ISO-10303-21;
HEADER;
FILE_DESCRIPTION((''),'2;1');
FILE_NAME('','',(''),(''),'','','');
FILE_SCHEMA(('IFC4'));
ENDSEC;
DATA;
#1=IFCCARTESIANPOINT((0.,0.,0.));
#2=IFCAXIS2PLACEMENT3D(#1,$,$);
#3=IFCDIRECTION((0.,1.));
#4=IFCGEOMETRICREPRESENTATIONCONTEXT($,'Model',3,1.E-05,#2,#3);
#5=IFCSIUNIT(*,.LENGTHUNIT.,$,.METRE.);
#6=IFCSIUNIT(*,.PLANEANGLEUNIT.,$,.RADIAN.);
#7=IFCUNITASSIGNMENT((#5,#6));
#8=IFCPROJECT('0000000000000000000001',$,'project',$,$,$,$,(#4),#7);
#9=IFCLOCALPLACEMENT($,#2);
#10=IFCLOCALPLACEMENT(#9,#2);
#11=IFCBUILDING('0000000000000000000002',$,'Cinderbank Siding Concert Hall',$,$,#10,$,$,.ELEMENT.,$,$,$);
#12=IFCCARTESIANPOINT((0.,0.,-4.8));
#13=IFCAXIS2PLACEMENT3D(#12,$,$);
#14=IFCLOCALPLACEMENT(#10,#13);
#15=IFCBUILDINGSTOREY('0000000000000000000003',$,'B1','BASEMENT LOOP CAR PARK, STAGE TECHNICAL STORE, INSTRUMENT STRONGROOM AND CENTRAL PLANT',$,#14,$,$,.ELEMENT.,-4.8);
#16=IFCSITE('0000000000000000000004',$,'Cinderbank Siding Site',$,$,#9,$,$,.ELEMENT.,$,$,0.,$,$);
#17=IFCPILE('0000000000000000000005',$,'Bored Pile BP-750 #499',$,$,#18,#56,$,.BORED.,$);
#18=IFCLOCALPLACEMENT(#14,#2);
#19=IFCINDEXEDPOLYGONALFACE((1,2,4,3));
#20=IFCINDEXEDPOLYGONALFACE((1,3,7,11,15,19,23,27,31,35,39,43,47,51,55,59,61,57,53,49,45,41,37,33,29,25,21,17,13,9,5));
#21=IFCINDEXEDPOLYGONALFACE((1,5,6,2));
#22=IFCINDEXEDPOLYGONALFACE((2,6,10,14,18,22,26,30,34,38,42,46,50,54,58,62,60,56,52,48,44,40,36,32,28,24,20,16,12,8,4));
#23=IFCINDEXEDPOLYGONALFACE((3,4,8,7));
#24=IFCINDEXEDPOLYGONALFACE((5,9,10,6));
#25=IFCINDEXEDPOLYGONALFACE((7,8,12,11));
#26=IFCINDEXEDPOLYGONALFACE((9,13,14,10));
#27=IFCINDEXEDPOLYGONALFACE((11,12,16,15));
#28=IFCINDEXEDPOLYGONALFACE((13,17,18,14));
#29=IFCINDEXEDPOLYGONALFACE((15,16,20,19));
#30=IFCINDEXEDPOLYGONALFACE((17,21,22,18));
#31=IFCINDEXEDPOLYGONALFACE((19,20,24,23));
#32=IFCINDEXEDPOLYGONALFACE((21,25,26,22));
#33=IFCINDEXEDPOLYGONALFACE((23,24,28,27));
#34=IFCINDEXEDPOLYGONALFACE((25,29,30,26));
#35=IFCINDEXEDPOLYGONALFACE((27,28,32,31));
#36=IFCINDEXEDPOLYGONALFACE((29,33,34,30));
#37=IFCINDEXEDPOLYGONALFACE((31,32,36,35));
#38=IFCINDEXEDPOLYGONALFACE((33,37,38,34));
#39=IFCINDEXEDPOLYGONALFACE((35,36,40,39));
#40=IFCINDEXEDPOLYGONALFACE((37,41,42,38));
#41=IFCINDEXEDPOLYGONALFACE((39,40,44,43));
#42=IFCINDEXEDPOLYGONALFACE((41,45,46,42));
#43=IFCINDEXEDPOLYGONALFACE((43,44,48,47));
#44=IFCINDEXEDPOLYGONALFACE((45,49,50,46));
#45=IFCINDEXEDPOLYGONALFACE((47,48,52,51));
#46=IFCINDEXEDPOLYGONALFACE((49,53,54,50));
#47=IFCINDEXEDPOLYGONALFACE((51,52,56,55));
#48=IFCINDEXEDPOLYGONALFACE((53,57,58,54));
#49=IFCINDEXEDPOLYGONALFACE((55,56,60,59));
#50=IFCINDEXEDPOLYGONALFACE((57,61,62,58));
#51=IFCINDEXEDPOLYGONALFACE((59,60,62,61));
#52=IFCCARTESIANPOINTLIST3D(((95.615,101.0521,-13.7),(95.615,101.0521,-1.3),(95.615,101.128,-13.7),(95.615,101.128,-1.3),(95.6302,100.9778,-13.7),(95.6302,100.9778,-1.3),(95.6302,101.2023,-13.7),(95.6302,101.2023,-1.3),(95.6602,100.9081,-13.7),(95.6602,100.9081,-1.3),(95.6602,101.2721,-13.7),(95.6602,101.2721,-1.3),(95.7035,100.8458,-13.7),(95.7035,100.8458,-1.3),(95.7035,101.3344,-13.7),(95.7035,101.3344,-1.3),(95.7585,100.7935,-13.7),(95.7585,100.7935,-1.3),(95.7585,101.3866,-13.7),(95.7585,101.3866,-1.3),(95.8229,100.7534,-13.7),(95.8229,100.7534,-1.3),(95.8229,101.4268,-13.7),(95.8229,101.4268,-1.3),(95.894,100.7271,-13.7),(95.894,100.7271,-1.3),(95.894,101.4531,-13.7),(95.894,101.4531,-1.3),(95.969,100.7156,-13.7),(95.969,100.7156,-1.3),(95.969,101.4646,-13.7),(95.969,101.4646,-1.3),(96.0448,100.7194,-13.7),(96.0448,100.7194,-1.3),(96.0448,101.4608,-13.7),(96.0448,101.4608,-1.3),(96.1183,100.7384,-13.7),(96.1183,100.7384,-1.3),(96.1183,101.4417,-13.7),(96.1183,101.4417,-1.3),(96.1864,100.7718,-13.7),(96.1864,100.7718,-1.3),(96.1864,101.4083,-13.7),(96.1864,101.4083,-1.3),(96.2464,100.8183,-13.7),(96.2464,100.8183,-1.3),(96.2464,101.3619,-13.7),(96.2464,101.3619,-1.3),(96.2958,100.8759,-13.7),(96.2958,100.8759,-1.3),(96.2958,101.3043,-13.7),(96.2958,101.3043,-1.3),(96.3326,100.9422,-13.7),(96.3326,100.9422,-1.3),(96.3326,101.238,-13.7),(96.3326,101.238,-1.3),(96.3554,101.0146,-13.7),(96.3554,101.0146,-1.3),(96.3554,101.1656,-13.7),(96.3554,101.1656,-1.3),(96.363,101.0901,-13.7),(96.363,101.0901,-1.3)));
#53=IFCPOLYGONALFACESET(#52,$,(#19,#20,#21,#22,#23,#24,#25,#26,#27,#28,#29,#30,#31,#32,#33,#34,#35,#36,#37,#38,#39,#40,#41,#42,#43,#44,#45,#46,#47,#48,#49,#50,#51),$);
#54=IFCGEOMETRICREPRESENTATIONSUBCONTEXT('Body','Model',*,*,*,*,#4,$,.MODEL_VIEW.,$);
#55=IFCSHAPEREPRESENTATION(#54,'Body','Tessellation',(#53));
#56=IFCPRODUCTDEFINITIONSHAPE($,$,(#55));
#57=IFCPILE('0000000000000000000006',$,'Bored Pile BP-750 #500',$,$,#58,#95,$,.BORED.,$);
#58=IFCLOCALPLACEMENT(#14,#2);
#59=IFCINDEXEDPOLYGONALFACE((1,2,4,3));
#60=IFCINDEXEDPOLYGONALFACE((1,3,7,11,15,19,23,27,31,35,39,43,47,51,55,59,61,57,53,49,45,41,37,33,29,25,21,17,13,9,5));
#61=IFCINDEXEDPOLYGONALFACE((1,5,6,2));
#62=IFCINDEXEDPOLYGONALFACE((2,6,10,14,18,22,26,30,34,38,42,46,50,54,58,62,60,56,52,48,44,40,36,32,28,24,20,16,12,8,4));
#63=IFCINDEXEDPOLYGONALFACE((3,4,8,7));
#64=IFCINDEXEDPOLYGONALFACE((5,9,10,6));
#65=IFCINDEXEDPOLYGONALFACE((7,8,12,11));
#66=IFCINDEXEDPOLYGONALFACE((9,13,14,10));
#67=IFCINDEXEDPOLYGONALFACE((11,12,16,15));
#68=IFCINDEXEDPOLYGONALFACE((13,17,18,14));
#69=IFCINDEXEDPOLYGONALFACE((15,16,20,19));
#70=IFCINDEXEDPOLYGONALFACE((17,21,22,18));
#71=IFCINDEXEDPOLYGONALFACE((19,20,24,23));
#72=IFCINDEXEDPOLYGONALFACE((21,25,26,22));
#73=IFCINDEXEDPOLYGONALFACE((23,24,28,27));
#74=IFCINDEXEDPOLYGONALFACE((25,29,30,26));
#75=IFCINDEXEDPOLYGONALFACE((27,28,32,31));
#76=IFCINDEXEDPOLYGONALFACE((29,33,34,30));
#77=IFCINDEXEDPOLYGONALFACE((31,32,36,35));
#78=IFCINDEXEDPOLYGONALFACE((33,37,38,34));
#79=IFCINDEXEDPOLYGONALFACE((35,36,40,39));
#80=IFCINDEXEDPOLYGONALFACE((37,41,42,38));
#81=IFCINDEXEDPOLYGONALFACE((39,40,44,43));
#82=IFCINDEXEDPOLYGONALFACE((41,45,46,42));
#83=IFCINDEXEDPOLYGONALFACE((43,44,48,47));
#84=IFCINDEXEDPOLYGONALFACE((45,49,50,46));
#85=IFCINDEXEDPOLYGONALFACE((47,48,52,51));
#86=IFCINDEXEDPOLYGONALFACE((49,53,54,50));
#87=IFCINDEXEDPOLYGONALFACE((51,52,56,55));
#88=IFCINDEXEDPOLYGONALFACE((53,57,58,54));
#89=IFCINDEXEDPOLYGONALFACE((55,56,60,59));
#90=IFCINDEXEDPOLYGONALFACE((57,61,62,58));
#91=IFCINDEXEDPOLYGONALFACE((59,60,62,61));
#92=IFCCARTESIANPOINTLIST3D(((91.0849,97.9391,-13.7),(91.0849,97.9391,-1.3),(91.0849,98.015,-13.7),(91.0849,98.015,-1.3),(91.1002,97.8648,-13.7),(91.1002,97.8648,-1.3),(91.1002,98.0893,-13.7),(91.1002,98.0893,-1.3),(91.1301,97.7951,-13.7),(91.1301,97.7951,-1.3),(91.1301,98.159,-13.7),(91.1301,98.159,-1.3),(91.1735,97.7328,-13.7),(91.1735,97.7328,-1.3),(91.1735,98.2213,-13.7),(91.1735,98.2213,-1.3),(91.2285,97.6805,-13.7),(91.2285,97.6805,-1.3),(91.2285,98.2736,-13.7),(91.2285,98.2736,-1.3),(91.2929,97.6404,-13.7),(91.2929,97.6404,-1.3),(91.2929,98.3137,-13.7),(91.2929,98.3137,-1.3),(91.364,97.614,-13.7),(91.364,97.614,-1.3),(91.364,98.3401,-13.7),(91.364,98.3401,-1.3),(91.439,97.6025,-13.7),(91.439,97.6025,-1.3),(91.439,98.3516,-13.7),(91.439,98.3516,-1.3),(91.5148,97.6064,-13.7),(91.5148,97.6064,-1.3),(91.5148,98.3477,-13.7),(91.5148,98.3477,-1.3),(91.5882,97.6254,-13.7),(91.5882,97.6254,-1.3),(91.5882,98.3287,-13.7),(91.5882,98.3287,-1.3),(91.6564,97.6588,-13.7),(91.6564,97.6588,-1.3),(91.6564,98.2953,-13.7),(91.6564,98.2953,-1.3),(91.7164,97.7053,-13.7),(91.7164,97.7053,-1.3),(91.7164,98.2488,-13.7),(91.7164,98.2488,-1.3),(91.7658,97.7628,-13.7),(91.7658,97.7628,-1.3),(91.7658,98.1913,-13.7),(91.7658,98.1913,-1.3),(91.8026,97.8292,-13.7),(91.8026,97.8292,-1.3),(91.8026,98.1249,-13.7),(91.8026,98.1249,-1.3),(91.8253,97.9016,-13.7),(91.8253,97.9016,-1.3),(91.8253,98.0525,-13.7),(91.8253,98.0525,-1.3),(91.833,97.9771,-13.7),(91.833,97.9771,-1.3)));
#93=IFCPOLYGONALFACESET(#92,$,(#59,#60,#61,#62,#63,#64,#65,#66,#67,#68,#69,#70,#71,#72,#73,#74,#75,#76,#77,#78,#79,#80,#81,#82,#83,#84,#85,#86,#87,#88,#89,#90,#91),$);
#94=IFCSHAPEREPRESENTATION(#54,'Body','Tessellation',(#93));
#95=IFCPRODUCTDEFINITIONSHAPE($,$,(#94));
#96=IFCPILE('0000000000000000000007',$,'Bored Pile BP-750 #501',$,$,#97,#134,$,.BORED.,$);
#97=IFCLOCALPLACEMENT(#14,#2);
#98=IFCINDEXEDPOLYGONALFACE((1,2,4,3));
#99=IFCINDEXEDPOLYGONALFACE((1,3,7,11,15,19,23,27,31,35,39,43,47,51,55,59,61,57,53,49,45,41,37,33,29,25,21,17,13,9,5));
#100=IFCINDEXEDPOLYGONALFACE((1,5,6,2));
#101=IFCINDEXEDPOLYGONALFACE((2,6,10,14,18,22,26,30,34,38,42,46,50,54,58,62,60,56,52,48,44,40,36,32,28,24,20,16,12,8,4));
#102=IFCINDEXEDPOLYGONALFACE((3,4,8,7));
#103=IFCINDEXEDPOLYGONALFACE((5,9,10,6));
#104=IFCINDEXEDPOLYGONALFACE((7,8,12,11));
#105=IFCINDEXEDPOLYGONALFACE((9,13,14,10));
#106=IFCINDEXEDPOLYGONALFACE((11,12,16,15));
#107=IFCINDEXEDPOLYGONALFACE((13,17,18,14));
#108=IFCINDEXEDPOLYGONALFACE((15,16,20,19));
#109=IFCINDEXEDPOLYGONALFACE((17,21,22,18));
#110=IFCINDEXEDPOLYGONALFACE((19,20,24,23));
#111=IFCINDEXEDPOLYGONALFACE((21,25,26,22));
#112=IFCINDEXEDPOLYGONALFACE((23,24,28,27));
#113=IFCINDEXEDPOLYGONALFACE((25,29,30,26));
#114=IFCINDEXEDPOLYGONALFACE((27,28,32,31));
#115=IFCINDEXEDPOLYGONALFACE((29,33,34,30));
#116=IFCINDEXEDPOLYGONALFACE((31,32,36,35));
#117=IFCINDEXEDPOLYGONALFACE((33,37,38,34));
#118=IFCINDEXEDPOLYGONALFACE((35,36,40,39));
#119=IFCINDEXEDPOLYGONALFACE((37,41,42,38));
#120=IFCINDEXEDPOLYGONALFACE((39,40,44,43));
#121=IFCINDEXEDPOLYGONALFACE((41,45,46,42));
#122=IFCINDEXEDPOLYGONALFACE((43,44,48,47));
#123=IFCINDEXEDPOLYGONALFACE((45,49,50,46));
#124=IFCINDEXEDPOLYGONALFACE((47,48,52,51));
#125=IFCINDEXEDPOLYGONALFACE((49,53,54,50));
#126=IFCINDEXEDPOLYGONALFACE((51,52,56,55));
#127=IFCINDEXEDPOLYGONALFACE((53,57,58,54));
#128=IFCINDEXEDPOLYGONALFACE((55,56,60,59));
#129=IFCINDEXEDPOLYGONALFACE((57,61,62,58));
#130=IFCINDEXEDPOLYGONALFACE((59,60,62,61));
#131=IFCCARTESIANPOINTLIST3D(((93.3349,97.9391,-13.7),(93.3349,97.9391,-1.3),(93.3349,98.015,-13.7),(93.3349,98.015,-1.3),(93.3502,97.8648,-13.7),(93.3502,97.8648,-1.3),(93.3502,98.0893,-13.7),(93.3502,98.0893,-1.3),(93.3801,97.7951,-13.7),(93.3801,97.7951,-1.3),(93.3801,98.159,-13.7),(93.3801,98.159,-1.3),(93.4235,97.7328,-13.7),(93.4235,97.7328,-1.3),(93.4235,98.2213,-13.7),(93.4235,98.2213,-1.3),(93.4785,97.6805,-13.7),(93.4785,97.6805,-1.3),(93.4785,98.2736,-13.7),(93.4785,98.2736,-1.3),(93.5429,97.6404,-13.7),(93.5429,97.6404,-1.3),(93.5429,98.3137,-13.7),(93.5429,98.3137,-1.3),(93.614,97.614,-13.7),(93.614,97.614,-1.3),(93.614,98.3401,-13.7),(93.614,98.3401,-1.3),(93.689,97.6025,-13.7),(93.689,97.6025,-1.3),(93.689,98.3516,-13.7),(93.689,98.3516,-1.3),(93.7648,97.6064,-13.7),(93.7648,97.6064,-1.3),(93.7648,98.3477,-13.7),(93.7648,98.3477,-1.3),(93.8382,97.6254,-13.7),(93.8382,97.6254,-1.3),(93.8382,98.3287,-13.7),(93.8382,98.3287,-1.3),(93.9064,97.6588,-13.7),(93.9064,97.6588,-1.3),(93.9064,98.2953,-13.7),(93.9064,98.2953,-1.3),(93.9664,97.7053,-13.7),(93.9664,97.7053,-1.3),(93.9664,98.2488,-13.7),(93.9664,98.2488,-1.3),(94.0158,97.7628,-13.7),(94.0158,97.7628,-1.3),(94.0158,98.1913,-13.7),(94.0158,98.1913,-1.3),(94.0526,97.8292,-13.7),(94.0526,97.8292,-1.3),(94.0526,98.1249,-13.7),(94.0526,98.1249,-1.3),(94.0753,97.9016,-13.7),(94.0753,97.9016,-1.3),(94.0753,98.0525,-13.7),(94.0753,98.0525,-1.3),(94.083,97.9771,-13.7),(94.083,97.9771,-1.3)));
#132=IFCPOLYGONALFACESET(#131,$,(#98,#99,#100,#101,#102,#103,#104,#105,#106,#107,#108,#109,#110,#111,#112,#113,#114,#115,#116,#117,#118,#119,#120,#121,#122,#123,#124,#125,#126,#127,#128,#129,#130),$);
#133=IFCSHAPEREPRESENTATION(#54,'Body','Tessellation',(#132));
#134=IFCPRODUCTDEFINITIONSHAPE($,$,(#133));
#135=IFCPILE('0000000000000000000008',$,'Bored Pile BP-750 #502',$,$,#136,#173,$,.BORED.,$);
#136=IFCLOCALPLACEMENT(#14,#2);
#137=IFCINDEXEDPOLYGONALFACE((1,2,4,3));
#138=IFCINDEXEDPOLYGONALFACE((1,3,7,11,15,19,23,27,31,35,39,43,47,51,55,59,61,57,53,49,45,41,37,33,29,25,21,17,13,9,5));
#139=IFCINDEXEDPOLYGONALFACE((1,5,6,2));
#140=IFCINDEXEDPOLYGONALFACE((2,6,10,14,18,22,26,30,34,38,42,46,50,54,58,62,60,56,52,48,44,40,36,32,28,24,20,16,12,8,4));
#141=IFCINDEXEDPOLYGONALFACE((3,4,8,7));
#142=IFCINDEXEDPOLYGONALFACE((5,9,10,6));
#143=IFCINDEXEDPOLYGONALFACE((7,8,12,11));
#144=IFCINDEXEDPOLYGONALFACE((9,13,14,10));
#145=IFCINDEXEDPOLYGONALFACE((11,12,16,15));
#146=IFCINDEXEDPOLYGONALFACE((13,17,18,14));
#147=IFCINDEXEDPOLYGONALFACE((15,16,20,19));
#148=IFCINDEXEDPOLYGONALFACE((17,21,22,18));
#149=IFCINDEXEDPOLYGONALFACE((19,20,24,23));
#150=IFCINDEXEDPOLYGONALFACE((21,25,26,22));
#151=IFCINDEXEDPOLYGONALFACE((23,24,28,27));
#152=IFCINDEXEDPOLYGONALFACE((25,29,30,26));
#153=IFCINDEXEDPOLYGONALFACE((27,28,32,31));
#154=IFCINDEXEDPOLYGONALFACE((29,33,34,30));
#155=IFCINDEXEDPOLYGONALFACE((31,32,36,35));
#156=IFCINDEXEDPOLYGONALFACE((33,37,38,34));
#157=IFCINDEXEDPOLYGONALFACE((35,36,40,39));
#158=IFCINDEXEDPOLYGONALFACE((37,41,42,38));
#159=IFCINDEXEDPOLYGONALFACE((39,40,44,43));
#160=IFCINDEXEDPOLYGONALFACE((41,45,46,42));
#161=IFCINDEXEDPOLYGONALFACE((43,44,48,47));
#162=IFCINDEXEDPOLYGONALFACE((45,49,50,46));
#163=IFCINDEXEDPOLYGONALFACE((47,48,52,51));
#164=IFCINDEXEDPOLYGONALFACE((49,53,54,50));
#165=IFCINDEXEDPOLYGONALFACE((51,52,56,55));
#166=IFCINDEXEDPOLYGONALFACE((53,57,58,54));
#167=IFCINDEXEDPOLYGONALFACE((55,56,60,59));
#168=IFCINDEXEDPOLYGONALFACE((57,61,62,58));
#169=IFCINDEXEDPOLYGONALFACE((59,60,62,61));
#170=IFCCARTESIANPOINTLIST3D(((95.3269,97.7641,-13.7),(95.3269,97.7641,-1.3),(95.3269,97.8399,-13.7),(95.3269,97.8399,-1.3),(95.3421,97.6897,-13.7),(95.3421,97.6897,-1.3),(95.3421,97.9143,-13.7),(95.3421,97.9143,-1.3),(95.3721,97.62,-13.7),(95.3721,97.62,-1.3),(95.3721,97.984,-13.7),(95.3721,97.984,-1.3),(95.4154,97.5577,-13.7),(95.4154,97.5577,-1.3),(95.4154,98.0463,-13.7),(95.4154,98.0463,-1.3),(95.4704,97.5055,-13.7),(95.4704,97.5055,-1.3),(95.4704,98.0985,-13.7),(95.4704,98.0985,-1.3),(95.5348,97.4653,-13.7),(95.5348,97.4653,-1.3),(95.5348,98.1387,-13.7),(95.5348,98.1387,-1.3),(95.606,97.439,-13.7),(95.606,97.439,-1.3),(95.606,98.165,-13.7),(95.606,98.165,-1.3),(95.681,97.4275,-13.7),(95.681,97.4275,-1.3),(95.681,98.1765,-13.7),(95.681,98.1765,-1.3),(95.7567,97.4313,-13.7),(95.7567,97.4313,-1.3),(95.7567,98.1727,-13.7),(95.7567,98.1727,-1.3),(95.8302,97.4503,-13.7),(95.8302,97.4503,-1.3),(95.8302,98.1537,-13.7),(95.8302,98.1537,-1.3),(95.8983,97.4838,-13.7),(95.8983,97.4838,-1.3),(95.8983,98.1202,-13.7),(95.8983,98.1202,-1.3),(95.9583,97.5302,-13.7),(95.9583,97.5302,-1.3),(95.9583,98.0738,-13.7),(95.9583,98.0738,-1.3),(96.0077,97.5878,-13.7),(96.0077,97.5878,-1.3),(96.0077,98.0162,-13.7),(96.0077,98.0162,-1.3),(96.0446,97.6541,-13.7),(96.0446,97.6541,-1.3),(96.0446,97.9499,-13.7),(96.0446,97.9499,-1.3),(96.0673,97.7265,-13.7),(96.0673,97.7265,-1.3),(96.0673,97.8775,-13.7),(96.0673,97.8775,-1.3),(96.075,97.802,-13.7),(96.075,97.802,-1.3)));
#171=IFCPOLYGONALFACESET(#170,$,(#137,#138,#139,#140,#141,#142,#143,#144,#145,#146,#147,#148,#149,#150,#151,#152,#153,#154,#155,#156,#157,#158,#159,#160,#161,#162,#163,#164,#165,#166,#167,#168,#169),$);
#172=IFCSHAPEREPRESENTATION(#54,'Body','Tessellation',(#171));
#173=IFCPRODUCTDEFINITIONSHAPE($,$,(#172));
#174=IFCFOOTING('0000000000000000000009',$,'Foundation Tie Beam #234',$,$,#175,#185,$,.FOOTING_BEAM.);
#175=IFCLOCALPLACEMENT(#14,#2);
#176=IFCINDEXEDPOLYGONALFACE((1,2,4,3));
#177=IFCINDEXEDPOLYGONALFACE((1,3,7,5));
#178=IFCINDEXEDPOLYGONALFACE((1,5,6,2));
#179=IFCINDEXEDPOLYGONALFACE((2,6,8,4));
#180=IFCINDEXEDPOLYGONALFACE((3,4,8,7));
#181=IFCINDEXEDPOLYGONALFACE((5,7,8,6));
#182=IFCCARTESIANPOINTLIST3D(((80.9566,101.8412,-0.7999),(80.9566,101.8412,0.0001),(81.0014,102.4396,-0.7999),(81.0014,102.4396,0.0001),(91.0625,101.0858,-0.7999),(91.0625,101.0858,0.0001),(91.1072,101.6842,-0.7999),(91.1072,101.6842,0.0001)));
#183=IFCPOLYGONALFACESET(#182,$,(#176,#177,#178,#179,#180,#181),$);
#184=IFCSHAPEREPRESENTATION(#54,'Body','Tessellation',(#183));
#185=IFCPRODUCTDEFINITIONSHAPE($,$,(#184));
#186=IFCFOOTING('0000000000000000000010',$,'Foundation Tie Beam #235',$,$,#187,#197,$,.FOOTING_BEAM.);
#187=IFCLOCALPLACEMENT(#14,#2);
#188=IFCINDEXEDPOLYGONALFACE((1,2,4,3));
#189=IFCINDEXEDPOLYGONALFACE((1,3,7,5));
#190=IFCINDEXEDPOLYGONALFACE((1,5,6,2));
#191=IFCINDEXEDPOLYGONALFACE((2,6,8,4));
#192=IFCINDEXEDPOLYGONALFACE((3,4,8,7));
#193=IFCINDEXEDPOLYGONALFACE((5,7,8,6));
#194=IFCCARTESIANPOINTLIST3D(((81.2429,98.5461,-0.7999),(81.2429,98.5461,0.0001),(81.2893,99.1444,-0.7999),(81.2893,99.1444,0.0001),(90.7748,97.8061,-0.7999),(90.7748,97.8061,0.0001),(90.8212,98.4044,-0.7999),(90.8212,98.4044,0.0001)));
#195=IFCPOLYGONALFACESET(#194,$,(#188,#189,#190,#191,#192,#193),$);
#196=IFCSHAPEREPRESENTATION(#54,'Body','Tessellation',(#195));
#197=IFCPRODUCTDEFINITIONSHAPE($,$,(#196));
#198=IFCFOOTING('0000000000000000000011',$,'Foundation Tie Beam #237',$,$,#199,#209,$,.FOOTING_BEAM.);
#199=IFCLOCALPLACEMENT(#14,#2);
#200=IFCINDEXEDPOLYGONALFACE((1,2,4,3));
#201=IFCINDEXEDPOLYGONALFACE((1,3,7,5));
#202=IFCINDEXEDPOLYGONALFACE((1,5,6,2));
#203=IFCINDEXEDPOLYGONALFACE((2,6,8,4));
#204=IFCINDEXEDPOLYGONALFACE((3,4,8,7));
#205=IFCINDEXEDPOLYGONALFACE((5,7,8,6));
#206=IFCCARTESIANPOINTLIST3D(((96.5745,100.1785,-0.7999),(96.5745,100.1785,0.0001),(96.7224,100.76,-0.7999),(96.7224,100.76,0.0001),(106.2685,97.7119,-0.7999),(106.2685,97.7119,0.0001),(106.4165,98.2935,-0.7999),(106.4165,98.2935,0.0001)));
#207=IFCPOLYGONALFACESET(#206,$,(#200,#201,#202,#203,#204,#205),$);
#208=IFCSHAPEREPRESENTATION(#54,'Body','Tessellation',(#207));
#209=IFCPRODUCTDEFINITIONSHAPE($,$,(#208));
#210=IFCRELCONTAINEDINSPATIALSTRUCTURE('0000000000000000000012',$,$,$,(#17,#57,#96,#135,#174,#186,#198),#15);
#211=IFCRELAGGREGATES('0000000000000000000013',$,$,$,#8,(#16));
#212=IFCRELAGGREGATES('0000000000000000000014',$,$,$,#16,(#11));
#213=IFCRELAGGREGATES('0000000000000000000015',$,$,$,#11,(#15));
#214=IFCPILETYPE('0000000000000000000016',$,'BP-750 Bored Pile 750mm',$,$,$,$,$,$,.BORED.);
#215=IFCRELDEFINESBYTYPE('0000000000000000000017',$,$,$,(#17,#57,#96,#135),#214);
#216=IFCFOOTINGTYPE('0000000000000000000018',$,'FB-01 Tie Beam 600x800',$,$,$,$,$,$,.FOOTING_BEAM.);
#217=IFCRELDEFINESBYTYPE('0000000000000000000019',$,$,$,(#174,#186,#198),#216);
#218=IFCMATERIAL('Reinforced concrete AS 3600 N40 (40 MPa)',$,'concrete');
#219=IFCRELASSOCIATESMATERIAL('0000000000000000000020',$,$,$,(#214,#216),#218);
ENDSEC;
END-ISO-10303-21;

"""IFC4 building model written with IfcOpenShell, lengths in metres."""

from ifc_helpers import new_model, si_unit, direction, frame, origin, origin_2d, place, context, subcontext, project, spatial, rectangle, circle, extrude, material, material_profile, profile_set, type_object, element, save


model = new_model("IFC4")

# Units and contexts
model_context = context("Model", 3, precision=1e-05, world=origin(), true_north=direction((0.0, 1.0)))
body_context = subcontext(model_context, "Body", "Model", "MODEL_VIEW")
ifc_project = project(units=[si_unit("LENGTHUNIT", "METRE"), si_unit("PLANEANGLEUNIT", "RADIAN")], contexts=[model_context])

# Site, building, storey
site_placement = place(None, origin())
site = spatial("IfcSite", under=ifc_project, at=site_placement, Name="Cinderbank Siding Site", CompositionType="ELEMENT", RefElevation=0.0)
building_placement = place(site_placement, origin())
building = spatial("IfcBuilding", under=site, at=building_placement, Name="Cinderbank Siding Concert Hall", CompositionType="ELEMENT")
storey_placement = place(building_placement, frame((0.0, 0.0, -4.8)))
storey = spatial("IfcBuildingStorey", under=building, at=storey_placement, Name="B1", Description="BASEMENT LOOP CAR PARK, STAGE TECHNICAL STORE, INSTRUMENT STRONGROOM AND CENTRAL PLANT", CompositionType="ELEMENT", Elevation=-4.8)

# Piles
ifc_material_1 = material(Name="Reinforced concrete AS 3600 N40 (40 MPa)", Category="concrete")
ifc_material_profile_1 = material_profile(ifc_material_1, circle(Radius=0.375, at=origin_2d()), Name="PILE-750DIA", Category="LoadBearing")
ifc_profile_set_1 = profile_set([ifc_material_profile_1], Name="Reinforced concrete AS 3600 N40 (40 MPa)")
pile_type = type_object("IfcPileType", Name="BP-750 Bored Pile 750mm", PredefinedType="BORED", material=ifc_profile_set_1)
for number, where, z_axis, x_axis, name in (
    (1, (95.988, 101.0901, -1.3), (0.0, 0.0, -1.0), (1.0, 0.0, 0.0), "Bored Pile BP-750 #499"),
    (2, (91.458, 97.9771, -1.3), (0.0, 0.0, -1.0), (1.0, 0.0, 0.0), "Bored Pile BP-750 #500"),
    (3, (93.708, 97.9771, -1.3), (0.0, 0.0, -1.0), (1.0, 0.0, 0.0), "Bored Pile BP-750 #501"),
    (4, (95.7, 97.802, -1.3), (0.0, 0.0, -1.0), (1.0, 0.0, 0.0), "Bored Pile BP-750 #502"),
):
    element("IfcPile", number, at=place(storey_placement, frame(where, z_axis=z_axis, x_axis=x_axis)), inside=storey, type_object=pile_type, Name=name, PredefinedType="BORED", context=body_context, shape_type="SweptSolid", body=[
        extrude(circle(Radius=0.375, at=origin_2d()), origin(), (0.0, 0.0, 1.0), 12.3999),
    ])

# Footings
ifc_material_profile_2 = material_profile(ifc_material_1, rectangle(XDim=0.6001, YDim=0.8, at=origin_2d()), Name="RC-FB-600x800", Category="LoadBearing")
ifc_profile_set_2 = profile_set([ifc_material_profile_2], Name="Reinforced concrete AS 3600 N40 (40 MPa)")
footing_type_1 = type_object("IfcFootingType", Name="FB-01 Tie Beam 600x800", PredefinedType="FOOTING_BEAM", material=ifc_profile_set_2)
footing_1_placement = place(storey_placement, frame((80.979, 102.1404, -0.3999), z_axis=(0.997218, -0.074537, 0.0), x_axis=(0.074537, 0.997218, 0.0)))
element("IfcFooting", 5, at=footing_1_placement, inside=storey, type_object=footing_type_1, Name="Foundation Tie Beam #234", PredefinedType="FOOTING_BEAM", context=body_context, shape_type="SweptSolid", body=[
    extrude(rectangle(XDim=0.6001, YDim=0.8, at=origin_2d()), origin(), (0.0, 0.0, 1.0), 10.134),
])
footing_2_placement = place(storey_placement, frame((81.2661, 98.8452, -0.3999), z_axis=(0.997, -0.077399, 0.0), x_axis=(0.077399, 0.997, 0.0)))
element("IfcFooting", 6, at=footing_2_placement, inside=storey, type_object=footing_type_1, Name="Foundation Tie Beam #235", PredefinedType="FOOTING_BEAM", context=body_context, shape_type="SweptSolid", body=[
    extrude(rectangle(XDim=0.6001, YDim=0.8, at=origin_2d()), origin(), (0.0, 0.0, 1.0), 9.5605),
])
footing_3_placement = place(storey_placement, frame((96.6484, 100.4692, -0.3999), z_axis=(0.969122, -0.246582, 0.0), x_axis=(0.246582, 0.969122, 0.0)))
element("IfcFooting", 7, at=footing_3_placement, inside=storey, type_object=footing_type_1, Name="Foundation Tie Beam #237", PredefinedType="FOOTING_BEAM", context=body_context, shape_type="SweptSolid", body=[
    extrude(rectangle(XDim=0.6001, YDim=0.8, at=origin_2d()), origin(), (0.0, 0.0, 1.0), 10.0029),
])

save(model, "model.ifc")
